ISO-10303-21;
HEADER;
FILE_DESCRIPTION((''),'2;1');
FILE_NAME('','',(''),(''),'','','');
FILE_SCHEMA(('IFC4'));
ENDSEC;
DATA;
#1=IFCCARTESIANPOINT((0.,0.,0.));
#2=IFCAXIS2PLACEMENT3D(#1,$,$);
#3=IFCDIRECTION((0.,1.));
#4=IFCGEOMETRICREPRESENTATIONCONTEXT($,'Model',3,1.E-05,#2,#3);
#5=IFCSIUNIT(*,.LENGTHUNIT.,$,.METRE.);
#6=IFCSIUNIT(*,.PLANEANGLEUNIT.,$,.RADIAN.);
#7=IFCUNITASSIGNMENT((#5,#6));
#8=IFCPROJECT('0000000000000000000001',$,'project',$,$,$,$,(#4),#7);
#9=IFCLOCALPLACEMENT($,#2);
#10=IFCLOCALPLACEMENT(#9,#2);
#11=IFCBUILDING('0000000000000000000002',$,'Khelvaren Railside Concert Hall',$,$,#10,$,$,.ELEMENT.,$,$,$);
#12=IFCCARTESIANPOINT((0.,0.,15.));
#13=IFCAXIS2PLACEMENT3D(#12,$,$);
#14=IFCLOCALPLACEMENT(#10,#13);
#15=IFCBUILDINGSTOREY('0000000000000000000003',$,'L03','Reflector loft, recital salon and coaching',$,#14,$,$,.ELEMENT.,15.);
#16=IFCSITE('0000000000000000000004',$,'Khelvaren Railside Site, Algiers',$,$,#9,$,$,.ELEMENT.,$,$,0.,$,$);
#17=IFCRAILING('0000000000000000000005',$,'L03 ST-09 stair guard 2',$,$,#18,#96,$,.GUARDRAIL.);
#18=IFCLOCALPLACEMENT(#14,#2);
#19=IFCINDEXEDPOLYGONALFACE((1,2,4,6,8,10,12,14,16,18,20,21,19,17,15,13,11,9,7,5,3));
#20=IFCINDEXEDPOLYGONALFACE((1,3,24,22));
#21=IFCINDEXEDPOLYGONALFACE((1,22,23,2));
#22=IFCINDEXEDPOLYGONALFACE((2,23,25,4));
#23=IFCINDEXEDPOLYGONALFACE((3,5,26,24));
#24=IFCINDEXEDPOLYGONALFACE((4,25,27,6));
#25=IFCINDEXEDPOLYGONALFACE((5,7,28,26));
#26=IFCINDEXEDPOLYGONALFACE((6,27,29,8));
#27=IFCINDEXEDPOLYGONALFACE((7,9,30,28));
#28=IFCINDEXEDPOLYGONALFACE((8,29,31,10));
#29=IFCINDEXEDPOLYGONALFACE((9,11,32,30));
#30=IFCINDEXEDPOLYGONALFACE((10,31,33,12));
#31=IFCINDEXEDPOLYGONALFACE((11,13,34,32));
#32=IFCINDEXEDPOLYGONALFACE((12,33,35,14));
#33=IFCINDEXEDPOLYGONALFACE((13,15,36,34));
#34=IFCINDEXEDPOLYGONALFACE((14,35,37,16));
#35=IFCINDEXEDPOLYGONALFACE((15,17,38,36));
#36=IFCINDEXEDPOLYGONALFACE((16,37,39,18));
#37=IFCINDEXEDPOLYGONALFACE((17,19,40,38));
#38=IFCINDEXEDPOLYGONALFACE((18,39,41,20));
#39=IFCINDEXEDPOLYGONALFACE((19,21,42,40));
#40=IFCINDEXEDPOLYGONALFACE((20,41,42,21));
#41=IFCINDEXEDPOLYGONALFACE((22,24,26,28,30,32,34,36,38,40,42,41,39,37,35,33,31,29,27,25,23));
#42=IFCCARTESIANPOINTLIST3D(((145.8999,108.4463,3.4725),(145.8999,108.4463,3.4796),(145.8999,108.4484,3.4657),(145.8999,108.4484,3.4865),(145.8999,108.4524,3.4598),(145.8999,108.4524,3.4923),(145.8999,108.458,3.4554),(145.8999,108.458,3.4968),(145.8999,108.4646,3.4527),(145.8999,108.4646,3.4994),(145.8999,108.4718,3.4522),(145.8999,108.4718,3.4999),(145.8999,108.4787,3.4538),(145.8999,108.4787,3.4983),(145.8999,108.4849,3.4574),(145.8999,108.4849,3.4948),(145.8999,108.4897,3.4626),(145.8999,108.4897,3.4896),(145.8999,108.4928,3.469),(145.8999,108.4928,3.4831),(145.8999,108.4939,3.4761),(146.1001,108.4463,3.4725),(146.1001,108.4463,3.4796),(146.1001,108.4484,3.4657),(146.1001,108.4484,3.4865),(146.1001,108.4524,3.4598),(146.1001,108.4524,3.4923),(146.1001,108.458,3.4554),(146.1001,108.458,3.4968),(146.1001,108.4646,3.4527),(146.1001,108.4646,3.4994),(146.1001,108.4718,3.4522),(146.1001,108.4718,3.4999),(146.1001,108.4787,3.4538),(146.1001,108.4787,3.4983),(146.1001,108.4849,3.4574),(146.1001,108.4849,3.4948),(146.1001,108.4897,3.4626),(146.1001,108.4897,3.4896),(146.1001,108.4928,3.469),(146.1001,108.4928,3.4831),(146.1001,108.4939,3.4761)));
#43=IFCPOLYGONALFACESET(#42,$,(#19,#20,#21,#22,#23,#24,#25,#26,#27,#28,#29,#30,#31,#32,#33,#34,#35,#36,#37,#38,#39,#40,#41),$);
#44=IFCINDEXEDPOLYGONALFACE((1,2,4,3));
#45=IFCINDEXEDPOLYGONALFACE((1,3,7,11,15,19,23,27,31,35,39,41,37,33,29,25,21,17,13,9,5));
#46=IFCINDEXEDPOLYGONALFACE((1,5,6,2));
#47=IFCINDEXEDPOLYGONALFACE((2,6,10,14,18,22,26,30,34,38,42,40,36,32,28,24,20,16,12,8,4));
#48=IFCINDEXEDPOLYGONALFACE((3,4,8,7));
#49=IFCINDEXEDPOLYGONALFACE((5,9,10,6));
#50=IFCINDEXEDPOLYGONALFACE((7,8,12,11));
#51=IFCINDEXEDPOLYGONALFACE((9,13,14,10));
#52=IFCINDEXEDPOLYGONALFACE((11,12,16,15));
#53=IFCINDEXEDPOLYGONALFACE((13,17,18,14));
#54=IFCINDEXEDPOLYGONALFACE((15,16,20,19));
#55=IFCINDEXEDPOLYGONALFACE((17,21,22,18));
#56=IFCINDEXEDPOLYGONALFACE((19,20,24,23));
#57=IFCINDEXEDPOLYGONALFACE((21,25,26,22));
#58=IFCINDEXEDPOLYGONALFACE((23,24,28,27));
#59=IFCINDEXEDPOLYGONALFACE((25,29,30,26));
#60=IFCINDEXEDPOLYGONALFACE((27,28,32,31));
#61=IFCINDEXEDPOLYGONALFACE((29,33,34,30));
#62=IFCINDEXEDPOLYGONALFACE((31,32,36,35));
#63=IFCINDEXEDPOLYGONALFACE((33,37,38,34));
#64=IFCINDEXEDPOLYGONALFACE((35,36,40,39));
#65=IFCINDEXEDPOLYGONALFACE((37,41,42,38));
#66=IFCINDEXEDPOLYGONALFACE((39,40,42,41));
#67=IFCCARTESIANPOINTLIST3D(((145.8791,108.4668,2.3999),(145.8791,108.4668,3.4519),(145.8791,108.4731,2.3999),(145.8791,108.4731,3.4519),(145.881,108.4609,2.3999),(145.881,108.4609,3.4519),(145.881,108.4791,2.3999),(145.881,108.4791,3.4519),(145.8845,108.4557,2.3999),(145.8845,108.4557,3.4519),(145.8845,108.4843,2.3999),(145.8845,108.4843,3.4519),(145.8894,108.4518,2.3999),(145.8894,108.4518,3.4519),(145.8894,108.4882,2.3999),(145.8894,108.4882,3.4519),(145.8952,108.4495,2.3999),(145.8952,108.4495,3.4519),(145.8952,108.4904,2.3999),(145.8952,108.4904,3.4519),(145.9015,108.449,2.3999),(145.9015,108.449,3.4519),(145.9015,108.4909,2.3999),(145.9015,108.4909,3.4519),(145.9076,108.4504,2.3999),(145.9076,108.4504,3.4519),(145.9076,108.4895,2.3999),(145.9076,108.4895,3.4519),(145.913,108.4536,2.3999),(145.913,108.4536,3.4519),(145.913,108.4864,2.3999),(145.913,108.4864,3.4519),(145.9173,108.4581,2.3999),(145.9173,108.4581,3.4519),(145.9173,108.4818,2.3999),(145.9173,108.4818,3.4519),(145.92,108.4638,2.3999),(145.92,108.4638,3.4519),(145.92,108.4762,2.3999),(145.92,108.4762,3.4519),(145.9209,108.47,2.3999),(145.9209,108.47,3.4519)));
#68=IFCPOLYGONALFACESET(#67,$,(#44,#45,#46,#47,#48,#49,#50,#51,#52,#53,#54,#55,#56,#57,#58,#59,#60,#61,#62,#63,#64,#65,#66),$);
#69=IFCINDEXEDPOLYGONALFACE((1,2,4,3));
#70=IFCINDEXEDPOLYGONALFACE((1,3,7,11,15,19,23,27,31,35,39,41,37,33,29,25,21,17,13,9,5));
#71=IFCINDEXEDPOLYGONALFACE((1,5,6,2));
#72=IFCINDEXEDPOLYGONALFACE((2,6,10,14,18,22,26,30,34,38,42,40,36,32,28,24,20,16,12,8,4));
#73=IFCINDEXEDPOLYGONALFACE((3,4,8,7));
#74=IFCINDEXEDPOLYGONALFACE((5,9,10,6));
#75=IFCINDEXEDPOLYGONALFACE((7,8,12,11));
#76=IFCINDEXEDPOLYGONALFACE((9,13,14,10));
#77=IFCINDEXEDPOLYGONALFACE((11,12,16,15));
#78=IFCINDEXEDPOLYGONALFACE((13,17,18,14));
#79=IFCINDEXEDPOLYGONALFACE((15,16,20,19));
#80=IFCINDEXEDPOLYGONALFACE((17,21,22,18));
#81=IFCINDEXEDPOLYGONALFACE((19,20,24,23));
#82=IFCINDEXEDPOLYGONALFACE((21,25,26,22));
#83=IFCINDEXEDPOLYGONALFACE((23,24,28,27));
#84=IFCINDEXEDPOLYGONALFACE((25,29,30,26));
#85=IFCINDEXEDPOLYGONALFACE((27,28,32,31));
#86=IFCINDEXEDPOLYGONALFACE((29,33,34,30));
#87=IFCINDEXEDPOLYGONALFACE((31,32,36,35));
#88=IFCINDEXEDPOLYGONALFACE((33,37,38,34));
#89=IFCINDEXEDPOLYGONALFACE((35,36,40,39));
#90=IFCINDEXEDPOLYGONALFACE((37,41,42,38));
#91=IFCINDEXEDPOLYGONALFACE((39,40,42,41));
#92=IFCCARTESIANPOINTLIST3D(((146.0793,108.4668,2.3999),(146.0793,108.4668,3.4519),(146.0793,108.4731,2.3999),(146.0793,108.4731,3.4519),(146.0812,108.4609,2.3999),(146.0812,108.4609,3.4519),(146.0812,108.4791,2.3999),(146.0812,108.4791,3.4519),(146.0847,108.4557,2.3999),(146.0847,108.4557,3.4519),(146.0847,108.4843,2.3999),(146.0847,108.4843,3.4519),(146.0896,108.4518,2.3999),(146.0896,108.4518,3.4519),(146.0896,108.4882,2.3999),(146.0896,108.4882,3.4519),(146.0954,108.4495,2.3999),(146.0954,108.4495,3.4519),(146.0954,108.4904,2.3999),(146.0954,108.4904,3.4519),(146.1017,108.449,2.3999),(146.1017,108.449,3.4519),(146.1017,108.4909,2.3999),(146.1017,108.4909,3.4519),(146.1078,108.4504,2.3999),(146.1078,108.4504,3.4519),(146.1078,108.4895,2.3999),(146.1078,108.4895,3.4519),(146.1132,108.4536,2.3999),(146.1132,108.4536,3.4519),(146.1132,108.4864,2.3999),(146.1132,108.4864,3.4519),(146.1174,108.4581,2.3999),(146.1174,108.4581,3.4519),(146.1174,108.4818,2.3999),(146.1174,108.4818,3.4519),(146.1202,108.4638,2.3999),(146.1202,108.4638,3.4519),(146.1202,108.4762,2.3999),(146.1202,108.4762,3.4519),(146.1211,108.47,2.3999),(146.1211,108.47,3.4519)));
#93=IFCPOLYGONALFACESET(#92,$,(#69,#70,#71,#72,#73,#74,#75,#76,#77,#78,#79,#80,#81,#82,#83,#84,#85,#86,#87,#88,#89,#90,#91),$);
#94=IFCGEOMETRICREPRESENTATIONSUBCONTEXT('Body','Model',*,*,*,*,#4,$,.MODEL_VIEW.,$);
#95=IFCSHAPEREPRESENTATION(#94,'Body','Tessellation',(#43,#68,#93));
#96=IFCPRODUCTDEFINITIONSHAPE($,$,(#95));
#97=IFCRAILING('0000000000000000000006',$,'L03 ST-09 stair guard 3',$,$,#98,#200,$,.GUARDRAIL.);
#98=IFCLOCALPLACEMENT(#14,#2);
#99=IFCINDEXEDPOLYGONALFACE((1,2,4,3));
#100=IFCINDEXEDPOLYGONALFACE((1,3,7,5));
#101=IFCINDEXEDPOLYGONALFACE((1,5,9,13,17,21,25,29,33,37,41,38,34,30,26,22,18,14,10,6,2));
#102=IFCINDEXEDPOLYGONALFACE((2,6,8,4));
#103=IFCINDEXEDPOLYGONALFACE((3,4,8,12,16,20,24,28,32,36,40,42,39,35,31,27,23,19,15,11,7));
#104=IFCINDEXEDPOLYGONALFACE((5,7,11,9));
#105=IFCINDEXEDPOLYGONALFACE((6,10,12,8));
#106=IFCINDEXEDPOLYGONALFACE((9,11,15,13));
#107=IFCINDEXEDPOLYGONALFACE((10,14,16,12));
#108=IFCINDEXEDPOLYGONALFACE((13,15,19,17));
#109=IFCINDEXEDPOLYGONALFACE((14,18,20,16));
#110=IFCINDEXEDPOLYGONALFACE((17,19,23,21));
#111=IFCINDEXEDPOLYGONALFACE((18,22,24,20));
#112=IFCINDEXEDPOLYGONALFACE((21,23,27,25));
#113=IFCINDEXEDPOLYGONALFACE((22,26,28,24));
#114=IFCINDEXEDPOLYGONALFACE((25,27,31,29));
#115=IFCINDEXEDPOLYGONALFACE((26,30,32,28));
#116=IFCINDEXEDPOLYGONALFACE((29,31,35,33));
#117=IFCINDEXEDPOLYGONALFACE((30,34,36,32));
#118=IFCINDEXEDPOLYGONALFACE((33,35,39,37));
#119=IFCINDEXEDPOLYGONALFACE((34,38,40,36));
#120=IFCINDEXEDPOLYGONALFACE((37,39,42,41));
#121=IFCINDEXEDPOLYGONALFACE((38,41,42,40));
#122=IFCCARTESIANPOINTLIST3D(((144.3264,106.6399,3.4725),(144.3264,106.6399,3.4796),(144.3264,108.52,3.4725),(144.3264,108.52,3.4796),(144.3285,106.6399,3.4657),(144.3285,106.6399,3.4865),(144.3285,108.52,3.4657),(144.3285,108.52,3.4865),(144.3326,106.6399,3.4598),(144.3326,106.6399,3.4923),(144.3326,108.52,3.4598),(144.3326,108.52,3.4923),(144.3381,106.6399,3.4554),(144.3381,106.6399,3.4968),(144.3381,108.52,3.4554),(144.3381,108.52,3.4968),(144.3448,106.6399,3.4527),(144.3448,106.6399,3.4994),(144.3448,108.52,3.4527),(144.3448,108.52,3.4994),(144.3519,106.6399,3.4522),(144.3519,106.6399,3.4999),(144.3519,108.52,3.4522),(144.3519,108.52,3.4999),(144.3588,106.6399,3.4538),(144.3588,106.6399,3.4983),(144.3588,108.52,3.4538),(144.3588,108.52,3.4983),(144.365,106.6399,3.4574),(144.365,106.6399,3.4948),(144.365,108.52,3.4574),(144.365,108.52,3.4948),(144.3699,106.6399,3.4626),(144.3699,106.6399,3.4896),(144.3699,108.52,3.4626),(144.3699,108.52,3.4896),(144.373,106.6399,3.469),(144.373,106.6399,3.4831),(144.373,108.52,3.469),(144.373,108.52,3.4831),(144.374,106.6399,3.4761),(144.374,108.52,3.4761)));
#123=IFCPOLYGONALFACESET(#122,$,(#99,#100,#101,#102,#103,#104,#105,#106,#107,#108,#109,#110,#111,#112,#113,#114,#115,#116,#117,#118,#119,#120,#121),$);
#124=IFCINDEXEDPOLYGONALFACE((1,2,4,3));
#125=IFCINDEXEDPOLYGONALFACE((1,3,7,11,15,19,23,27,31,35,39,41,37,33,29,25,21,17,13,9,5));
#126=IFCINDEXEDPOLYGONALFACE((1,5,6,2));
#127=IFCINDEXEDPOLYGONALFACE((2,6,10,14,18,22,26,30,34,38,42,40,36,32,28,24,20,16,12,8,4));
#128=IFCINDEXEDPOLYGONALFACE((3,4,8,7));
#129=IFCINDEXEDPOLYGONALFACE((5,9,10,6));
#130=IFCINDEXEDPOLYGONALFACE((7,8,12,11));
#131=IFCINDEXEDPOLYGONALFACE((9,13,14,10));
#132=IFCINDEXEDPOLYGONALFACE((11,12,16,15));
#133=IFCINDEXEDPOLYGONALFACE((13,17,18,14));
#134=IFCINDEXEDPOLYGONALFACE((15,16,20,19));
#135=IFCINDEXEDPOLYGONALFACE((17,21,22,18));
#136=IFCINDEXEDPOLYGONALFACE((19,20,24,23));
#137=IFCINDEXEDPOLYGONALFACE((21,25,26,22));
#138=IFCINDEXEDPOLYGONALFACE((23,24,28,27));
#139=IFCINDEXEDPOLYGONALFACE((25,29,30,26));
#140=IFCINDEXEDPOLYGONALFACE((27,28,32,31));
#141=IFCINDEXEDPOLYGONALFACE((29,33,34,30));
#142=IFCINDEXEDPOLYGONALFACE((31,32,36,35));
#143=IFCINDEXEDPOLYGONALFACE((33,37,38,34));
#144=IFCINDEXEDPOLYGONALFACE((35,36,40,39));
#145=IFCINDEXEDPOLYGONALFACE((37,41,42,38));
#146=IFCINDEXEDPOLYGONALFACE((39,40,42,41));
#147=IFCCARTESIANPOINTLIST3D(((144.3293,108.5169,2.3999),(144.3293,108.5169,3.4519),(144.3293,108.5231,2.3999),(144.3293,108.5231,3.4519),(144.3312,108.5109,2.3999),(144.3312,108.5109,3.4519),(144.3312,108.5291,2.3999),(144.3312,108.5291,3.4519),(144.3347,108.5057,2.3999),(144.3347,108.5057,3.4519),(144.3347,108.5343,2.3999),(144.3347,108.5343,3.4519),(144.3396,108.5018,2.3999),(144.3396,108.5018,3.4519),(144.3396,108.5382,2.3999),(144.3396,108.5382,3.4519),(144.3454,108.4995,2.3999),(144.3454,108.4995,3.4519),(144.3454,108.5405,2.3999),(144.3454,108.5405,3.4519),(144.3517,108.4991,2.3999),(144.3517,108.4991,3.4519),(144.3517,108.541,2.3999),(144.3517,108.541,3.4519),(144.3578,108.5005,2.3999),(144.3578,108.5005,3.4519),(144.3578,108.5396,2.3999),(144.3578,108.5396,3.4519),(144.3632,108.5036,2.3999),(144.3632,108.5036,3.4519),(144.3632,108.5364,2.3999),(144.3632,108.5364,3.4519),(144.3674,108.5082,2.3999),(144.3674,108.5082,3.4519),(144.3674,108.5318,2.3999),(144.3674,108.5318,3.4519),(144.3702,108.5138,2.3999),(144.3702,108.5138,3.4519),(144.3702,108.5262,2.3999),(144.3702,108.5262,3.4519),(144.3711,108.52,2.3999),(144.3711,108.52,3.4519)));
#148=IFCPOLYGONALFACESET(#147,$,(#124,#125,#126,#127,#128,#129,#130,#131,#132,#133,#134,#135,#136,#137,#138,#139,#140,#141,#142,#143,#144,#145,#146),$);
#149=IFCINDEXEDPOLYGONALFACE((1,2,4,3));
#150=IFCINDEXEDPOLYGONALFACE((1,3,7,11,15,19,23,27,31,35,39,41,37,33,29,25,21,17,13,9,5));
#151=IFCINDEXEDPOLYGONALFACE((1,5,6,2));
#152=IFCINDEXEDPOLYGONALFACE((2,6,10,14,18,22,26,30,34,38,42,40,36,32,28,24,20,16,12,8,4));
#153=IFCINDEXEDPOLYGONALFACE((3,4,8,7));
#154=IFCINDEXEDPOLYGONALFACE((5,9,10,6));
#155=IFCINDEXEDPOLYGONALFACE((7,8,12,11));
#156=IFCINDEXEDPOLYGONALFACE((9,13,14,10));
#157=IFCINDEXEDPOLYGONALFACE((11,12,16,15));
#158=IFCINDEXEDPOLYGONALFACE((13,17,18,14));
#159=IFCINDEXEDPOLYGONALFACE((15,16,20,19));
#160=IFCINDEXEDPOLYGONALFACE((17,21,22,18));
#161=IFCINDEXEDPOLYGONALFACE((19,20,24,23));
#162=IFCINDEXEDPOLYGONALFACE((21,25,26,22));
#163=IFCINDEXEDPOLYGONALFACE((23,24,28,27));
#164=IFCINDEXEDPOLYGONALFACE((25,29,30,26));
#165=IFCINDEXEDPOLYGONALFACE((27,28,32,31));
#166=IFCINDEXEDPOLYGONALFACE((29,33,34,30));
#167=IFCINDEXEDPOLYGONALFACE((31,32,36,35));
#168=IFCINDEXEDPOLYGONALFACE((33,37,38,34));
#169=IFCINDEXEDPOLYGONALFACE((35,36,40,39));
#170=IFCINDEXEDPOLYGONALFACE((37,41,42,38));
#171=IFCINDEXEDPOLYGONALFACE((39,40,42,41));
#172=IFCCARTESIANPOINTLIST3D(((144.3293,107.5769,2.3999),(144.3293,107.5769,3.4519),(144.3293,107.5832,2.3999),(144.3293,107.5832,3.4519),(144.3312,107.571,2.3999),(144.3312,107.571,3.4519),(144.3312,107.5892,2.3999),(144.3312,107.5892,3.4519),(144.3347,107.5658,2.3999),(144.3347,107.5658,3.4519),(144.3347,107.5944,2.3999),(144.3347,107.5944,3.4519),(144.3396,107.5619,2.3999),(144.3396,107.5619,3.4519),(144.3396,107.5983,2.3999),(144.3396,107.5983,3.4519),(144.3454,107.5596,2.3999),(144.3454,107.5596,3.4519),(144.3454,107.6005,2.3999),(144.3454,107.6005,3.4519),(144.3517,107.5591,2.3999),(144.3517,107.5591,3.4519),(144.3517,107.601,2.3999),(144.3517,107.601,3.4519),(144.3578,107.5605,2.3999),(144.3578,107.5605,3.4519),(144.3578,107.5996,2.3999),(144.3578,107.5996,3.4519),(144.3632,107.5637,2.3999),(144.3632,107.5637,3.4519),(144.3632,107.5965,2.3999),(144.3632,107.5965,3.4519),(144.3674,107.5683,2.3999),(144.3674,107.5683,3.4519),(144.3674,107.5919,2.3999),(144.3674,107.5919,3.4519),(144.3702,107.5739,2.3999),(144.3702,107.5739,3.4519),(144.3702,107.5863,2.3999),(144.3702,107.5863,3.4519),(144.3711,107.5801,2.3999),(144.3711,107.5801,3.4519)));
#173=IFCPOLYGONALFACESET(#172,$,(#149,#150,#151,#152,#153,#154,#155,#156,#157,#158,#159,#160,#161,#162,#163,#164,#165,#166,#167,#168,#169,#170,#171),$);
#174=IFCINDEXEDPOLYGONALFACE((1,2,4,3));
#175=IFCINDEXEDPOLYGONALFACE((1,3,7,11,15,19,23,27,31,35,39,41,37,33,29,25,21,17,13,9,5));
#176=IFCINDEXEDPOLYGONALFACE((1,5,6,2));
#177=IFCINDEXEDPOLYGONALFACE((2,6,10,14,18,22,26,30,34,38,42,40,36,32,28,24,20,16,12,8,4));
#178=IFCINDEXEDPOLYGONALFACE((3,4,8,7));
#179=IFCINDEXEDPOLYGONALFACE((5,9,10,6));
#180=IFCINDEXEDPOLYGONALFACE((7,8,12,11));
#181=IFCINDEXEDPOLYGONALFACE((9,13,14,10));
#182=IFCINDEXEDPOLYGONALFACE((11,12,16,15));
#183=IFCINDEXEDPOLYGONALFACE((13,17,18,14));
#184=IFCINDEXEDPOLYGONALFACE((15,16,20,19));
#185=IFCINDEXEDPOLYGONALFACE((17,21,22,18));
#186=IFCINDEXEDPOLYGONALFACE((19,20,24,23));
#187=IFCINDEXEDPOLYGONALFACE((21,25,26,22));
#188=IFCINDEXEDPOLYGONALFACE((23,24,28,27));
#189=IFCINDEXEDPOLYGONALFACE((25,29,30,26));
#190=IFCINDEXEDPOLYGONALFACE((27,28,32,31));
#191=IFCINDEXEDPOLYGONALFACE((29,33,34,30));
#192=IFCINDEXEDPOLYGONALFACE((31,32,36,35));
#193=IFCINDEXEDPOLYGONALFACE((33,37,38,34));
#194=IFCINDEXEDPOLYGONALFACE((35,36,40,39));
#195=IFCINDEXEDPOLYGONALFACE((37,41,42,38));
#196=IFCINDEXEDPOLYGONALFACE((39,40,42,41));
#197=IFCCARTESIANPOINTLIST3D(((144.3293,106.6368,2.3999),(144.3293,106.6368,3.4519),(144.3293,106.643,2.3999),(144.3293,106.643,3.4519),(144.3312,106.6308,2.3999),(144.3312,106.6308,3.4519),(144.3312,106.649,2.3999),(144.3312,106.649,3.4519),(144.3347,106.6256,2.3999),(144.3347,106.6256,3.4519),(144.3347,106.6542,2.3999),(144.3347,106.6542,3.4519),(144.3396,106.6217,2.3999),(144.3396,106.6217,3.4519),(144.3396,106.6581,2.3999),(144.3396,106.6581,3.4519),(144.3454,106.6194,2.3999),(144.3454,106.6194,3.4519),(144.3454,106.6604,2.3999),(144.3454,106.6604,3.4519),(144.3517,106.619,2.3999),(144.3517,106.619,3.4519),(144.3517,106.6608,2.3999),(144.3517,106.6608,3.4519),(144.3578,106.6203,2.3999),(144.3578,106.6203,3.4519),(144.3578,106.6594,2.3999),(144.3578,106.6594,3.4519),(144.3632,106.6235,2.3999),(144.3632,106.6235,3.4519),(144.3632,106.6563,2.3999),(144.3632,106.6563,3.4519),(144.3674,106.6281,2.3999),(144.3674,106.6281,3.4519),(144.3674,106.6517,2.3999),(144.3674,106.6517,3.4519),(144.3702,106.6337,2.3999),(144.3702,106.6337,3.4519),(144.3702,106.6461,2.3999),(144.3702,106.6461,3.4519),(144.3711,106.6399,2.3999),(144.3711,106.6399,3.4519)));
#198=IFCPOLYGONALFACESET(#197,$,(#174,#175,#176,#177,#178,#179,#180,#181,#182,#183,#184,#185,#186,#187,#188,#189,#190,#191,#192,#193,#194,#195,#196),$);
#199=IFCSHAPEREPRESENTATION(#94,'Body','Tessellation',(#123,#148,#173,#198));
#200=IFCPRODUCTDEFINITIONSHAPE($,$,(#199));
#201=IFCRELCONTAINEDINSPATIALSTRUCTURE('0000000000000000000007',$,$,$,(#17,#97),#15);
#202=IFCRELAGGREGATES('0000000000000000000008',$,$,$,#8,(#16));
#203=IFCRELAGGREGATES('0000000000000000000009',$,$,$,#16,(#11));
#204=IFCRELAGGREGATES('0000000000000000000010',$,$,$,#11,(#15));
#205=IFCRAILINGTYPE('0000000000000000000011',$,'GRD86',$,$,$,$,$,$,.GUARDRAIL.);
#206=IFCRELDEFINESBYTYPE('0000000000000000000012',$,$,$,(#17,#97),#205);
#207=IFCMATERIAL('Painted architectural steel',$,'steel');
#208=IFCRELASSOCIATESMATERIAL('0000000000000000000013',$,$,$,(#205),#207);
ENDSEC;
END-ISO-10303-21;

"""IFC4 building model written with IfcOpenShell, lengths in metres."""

from ifc_helpers import new_model, si_unit, direction, frame, origin, origin_2d, place, context, subcontext, project, spatial, circle, extrude, material, type_object, element, save


model = new_model("IFC4")

# Units and contexts
model_context = context("Model", 3, precision=1e-05, world=origin(), true_north=direction((0.0, 1.0)))
body_context = subcontext(model_context, "Body", "Model", "MODEL_VIEW")
ifc_project = project(units=[si_unit("LENGTHUNIT", "METRE"), si_unit("PLANEANGLEUNIT", "RADIAN")], contexts=[model_context])

# Site, building, storey
site_placement = place(None, origin())
site = spatial("IfcSite", under=ifc_project, at=site_placement, Name="Khelvaren Railside Site, Algiers", CompositionType="ELEMENT", RefElevation=0.0)
building_placement = place(site_placement, origin())
building = spatial("IfcBuilding", under=site, at=building_placement, Name="Khelvaren Railside Concert Hall", CompositionType="ELEMENT")
storey_placement = place(building_placement, frame((0.0, 0.0, 15.0)))
storey = spatial("IfcBuildingStorey", under=building, at=storey_placement, Name="L03", Description="Reflector loft, recital salon and coaching", CompositionType="ELEMENT", Elevation=15.0)

# Railings
ifc_material_1 = material(Name="Painted architectural steel", Category="steel")
railing_type_1 = type_object("IfcRailingType", Name="GRD86", PredefinedType="GUARDRAIL", material=ifc_material_1)
railing_1_placement = place(storey_placement, frame((145.8999, 108.47, 2.3999)))
element("IfcRailing", 1, at=railing_1_placement, inside=storey, type_object=railing_type_1, Name="L03 ST-09 stair guard 2", PredefinedType="GUARDRAIL", context=body_context, shape_type="SweptSolid", body=[
    extrude(circle(Radius=0.0239, at=origin_2d()), frame((0.0, 0.0, 1.0762), z_axis=(1.0, 0.0, 0.0), x_axis=(0.0, 1.0, 0.0)), (0.0, 0.0, 1.0), 0.2002),
    extrude(circle(Radius=0.021, at=origin_2d()), origin(), (0.0, 0.0, 1.0), 1.052),
    extrude(circle(Radius=0.021, at=origin_2d()), frame((0.2002, 0.0, 0.0)), (0.0, 0.0, 1.0), 1.052),
])
for number, where, name in (
    (2, (144.3501, 108.52, 2.3999), "L03 ST-09 stair guard 3"),
):
    element("IfcRailing", number, at=place(storey_placement, frame(where)), inside=storey, type_object=railing_type_1, Name=name, PredefinedType="GUARDRAIL", context=body_context, shape_type="SweptSolid", body=[
        extrude(circle(Radius=0.0239, at=origin_2d()), frame((0.0, 0.0, 1.0762), z_axis=(0.0, -1.0, 0.0), x_axis=(1.0, 0.0, 0.0)), (0.0, 0.0, 1.0), 1.8801),
        extrude(circle(Radius=0.021, at=origin_2d()), origin(), (0.0, 0.0, 1.0), 1.052),
        extrude(circle(Radius=0.021, at=origin_2d()), frame((0.0, -0.9399, 0.0)), (0.0, 0.0, 1.0), 1.052),
        extrude(circle(Radius=0.021, at=origin_2d()), frame((0.0, -1.8801, 0.0)), (0.0, 0.0, 1.0), 1.052),
    ])

save(model, "model.ifc")
